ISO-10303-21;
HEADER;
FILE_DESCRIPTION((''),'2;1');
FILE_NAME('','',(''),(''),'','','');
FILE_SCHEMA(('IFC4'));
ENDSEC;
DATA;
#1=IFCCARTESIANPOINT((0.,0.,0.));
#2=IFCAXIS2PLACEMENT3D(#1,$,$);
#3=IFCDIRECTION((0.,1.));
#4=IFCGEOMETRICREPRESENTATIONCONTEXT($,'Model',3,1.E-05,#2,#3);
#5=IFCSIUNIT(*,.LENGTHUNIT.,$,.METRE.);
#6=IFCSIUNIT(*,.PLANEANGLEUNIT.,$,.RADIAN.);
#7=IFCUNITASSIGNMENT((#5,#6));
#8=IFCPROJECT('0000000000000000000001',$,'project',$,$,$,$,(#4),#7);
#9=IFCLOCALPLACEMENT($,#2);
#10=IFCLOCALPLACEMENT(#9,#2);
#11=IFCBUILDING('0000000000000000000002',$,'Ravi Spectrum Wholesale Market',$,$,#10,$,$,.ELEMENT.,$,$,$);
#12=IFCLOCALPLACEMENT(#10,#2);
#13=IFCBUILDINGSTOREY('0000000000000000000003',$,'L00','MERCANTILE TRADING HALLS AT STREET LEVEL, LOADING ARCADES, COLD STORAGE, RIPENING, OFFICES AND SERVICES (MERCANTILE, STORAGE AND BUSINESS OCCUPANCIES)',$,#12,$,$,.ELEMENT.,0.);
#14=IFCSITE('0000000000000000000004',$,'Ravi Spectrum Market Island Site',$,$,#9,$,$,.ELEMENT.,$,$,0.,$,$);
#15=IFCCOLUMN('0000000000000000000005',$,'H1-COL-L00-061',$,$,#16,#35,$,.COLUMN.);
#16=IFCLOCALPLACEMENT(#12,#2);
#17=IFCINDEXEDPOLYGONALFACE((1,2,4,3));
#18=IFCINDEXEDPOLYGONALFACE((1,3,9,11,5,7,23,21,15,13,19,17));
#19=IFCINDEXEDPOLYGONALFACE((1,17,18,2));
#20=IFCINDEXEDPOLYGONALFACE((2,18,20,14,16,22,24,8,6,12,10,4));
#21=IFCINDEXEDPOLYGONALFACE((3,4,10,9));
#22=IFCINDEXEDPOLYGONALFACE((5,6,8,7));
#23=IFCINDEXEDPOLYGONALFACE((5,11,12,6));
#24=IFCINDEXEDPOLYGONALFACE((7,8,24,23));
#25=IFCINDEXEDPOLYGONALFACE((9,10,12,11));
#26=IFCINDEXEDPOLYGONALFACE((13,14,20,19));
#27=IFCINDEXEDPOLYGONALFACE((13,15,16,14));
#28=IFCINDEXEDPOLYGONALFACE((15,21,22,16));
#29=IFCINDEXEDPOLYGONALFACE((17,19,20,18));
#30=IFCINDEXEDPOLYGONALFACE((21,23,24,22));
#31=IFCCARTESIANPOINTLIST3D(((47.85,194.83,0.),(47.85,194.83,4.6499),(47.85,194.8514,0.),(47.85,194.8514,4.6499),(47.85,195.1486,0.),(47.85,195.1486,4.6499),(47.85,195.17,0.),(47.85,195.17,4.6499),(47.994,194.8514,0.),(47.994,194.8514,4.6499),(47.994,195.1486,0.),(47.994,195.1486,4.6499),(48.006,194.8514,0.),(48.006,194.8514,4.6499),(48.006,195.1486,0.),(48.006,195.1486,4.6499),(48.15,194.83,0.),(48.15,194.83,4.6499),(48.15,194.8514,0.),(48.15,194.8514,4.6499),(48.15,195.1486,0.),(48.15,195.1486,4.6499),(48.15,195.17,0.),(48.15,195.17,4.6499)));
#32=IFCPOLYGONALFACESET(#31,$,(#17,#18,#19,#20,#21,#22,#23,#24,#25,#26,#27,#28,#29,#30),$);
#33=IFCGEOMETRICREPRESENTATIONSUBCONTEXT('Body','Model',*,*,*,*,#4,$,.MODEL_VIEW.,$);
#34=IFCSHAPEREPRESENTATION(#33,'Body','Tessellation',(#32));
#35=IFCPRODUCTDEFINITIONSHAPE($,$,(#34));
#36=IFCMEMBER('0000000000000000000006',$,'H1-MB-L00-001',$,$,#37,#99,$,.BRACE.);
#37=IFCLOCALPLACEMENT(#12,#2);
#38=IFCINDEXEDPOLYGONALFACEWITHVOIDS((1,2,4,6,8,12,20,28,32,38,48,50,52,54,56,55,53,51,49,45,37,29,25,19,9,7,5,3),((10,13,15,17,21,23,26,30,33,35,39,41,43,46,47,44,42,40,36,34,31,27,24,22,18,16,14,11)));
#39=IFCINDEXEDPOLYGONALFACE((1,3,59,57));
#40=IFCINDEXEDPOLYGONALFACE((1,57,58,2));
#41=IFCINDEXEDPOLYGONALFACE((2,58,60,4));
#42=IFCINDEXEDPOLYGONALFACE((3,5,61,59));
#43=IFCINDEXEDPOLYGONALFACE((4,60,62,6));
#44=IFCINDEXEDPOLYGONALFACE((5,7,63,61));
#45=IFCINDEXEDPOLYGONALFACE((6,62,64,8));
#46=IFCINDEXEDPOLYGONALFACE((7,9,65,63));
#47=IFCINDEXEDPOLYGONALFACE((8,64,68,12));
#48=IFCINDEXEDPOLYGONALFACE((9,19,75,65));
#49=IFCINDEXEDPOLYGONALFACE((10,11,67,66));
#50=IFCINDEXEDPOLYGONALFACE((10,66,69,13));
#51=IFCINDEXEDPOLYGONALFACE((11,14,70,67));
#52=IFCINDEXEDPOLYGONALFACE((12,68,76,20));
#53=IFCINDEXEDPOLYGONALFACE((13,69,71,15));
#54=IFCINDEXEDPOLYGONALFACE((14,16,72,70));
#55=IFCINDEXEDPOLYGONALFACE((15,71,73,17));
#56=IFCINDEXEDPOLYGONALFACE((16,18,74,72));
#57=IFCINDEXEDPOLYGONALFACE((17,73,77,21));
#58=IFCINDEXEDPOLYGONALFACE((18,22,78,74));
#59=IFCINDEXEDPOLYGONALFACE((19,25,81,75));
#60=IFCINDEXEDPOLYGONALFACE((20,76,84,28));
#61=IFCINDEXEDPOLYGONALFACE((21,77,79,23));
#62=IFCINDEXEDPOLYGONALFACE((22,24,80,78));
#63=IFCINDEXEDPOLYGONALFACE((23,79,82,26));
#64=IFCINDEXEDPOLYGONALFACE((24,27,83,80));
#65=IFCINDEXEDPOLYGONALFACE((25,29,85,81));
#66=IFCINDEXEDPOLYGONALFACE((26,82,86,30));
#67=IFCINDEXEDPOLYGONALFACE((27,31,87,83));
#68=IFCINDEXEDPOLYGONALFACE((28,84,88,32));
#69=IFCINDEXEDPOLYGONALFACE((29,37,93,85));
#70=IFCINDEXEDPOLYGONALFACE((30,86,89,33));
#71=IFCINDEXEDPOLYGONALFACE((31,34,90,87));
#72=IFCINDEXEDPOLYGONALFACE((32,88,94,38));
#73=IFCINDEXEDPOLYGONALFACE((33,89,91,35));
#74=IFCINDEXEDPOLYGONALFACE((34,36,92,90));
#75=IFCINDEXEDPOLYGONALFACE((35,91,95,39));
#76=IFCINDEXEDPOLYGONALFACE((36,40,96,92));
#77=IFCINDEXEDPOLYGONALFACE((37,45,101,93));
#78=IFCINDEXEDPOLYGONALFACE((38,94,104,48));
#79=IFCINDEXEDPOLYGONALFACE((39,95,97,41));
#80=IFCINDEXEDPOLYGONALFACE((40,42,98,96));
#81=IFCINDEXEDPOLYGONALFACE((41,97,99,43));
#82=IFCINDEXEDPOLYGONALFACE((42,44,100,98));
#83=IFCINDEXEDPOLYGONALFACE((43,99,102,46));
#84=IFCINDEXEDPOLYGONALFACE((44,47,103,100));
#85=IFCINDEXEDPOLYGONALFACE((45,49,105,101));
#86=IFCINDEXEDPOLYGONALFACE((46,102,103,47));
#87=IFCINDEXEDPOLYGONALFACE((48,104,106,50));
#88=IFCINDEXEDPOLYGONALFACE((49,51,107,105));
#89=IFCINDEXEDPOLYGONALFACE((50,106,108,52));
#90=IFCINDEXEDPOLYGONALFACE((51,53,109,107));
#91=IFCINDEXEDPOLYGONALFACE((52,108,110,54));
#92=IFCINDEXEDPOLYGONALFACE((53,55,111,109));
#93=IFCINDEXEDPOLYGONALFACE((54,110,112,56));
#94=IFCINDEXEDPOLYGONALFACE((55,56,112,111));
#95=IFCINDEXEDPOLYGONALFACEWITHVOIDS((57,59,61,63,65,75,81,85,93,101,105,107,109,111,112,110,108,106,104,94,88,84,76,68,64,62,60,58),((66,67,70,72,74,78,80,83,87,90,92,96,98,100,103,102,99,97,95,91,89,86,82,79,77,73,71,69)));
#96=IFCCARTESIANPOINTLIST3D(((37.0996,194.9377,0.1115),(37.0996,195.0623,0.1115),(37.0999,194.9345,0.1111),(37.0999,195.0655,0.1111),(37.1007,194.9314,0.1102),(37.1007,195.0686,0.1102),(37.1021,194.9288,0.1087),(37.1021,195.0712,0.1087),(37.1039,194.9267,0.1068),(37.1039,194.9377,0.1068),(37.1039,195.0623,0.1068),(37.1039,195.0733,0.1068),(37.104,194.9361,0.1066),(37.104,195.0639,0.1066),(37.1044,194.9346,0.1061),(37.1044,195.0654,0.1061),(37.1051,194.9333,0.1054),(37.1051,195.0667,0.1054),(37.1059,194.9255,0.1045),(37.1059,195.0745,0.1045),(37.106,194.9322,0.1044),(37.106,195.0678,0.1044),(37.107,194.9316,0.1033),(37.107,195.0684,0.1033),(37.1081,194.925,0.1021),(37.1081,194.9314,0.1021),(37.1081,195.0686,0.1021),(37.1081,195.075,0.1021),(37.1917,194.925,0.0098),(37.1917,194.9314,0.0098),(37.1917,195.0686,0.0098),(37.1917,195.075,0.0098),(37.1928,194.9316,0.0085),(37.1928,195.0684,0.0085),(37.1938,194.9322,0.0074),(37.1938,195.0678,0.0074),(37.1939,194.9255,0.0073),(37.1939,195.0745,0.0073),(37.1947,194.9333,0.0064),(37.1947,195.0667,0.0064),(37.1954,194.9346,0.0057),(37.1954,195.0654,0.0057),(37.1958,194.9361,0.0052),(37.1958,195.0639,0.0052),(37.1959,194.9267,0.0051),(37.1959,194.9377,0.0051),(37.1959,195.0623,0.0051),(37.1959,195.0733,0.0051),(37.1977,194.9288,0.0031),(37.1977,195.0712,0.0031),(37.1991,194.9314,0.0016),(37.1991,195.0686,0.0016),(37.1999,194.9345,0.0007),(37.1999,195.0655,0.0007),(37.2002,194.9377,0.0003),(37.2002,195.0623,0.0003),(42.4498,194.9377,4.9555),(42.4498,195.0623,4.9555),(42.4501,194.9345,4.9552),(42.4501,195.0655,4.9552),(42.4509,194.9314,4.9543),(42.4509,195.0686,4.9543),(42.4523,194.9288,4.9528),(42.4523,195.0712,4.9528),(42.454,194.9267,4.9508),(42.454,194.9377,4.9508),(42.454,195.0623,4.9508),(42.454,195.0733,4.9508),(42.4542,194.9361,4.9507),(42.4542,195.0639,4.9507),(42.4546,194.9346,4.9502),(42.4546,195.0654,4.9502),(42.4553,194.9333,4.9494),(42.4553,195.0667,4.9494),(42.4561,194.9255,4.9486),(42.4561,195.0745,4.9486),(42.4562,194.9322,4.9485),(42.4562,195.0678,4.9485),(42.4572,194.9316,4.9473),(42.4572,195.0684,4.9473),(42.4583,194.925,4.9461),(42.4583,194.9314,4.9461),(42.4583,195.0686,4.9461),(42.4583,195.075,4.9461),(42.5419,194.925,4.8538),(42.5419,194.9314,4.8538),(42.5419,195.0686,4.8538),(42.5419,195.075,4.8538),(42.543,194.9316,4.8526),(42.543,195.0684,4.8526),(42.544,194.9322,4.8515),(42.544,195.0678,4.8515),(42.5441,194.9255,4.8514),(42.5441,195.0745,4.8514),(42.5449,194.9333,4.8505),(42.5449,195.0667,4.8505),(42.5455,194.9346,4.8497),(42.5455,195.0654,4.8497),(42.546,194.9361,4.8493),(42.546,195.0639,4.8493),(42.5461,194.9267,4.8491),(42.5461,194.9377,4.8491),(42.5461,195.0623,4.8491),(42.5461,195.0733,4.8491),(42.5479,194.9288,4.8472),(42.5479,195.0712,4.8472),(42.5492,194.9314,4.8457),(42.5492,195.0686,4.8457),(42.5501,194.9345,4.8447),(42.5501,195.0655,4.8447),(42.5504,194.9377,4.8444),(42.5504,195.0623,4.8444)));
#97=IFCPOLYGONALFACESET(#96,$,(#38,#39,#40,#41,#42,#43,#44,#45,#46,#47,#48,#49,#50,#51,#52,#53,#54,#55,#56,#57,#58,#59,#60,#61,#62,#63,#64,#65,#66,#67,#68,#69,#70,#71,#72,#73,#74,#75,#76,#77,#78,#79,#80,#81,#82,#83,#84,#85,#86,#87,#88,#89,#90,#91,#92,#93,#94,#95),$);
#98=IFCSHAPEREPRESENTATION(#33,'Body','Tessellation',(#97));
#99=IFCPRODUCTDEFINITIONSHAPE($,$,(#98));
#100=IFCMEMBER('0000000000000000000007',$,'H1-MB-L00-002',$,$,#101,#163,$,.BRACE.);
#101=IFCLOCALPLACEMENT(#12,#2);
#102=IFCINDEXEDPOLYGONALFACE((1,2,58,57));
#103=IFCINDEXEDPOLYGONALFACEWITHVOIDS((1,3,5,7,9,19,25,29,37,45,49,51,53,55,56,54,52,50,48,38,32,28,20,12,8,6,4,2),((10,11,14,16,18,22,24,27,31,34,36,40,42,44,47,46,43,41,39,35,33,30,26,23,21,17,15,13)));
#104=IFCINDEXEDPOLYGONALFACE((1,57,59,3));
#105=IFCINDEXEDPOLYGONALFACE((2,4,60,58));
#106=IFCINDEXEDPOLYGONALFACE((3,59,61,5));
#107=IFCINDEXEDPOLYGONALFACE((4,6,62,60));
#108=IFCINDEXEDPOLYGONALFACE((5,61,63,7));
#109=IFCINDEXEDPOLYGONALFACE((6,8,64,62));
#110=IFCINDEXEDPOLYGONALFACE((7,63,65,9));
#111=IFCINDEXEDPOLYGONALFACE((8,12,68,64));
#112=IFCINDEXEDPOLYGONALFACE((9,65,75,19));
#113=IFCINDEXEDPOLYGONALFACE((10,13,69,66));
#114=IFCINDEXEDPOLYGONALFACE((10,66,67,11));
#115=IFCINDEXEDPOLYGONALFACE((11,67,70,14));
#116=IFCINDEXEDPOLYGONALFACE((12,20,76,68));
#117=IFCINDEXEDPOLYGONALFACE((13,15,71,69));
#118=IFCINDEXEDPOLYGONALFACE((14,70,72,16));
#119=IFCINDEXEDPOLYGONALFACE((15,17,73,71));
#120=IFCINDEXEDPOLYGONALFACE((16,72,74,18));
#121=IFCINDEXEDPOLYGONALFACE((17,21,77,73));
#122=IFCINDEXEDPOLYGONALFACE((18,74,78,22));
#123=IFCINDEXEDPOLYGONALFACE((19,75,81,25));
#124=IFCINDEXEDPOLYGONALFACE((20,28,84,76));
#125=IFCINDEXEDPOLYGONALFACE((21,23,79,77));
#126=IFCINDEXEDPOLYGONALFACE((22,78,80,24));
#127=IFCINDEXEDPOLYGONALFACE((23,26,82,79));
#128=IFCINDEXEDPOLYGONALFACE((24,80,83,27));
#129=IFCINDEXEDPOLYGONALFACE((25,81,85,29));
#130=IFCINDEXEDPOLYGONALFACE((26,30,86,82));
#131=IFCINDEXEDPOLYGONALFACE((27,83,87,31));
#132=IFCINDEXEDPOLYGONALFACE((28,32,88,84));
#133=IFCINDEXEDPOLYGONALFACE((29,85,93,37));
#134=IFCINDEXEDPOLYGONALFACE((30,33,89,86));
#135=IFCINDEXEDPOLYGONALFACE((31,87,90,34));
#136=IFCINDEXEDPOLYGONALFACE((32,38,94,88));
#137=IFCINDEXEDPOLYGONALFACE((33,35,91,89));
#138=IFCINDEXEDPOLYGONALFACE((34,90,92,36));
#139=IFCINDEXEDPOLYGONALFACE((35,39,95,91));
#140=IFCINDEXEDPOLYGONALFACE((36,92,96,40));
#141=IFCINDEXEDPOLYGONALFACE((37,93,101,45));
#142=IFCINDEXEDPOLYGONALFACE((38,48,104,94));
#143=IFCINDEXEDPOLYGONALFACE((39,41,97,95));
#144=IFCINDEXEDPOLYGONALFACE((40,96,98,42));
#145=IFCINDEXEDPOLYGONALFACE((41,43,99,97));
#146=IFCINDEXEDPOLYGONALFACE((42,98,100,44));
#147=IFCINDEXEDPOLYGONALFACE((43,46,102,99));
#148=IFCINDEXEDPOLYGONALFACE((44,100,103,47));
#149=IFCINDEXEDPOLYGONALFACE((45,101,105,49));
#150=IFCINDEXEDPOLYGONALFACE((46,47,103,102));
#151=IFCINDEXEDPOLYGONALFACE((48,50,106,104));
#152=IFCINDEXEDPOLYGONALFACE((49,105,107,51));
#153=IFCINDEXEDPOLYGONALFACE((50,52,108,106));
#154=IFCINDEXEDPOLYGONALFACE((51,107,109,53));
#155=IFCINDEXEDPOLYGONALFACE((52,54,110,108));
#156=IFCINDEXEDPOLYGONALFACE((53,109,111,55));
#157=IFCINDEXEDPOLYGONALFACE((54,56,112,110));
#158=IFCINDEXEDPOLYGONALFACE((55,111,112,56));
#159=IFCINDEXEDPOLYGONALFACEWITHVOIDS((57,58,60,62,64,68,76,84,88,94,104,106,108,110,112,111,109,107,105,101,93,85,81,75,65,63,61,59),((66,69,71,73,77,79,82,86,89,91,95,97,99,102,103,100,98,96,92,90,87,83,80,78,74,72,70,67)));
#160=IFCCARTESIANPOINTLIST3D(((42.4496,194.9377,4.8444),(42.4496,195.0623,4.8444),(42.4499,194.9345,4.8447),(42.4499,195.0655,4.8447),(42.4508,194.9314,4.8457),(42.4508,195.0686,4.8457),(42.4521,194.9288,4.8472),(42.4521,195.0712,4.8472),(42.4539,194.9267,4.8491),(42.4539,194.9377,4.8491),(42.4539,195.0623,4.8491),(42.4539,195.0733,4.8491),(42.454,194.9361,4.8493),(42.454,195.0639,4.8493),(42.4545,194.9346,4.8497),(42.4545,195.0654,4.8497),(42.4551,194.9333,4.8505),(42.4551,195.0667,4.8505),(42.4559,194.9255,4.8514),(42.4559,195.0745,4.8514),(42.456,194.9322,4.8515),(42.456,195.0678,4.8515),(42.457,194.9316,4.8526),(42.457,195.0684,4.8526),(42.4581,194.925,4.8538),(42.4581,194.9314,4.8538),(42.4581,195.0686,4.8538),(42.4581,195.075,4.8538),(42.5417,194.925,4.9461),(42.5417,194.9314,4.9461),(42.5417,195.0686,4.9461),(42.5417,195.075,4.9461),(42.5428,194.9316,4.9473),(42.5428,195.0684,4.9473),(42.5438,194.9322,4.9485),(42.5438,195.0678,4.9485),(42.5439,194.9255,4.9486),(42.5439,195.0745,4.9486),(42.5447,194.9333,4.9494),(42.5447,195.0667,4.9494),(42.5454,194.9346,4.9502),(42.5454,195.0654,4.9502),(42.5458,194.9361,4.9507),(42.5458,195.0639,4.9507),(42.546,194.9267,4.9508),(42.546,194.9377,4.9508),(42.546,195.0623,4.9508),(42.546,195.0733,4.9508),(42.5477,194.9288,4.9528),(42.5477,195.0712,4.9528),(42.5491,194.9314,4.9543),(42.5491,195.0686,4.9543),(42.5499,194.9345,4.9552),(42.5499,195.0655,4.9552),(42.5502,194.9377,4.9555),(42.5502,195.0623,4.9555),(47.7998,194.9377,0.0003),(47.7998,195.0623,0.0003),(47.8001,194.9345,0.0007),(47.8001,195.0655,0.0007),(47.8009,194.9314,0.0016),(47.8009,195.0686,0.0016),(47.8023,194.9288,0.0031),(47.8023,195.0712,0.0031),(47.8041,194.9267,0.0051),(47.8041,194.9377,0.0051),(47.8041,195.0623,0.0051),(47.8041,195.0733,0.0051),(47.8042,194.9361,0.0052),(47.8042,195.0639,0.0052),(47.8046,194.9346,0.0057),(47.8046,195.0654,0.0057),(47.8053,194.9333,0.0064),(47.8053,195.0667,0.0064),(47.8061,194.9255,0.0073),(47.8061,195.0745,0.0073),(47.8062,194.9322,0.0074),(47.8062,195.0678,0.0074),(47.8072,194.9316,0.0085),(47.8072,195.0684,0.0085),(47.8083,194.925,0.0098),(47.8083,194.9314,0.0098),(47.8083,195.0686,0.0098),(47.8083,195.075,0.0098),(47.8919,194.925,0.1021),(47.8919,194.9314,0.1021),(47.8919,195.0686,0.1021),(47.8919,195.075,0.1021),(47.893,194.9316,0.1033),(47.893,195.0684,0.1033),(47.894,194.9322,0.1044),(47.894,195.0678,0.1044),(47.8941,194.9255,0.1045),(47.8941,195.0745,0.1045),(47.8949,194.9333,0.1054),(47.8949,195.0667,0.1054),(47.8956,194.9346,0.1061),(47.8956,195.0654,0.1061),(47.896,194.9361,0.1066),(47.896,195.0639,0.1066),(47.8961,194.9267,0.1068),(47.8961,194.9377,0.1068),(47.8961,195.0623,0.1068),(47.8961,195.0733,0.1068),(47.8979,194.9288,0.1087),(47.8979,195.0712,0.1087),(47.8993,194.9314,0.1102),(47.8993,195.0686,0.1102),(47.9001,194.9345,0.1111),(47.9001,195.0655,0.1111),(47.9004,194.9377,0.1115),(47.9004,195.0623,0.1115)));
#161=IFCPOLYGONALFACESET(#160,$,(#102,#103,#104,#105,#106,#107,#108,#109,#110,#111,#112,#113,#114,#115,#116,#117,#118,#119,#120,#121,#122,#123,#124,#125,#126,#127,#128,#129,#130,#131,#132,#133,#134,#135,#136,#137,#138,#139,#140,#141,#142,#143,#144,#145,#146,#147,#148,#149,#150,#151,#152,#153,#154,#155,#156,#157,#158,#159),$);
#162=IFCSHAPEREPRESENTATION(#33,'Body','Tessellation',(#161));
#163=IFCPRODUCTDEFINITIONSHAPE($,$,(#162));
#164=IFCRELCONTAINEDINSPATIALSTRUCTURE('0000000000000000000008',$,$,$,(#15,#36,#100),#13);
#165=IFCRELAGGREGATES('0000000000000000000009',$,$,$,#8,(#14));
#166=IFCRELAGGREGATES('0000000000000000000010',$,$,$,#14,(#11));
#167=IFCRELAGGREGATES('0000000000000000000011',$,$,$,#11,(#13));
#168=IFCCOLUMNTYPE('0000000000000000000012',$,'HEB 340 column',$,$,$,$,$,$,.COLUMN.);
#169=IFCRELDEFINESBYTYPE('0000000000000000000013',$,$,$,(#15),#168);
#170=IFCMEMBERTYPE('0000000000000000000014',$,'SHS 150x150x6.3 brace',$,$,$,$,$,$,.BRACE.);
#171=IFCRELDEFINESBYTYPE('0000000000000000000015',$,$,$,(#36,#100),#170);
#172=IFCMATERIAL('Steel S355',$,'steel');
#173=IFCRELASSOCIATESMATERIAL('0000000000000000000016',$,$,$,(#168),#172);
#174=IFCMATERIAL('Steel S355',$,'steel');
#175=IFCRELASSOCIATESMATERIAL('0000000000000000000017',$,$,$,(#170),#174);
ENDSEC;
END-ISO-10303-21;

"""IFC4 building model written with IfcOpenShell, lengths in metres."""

from ifc_helpers import new_model, si_unit, direction, frame, origin, origin_2d, place, context, subcontext, project, spatial, hollow_rectangle, i_section, extrude, material, material_profile, profile_set, type_object, element, save


model = new_model("IFC4")

# Units and contexts
model_context = context("Model", 3, precision=1e-05, world=origin(), true_north=direction((0.0, 1.0)))
body_context = subcontext(model_context, "Body", "Model", "MODEL_VIEW")
ifc_project = project(units=[si_unit("LENGTHUNIT", "METRE"), si_unit("PLANEANGLEUNIT", "RADIAN")], contexts=[model_context])

# Site, building, storey
site_placement = place(None, origin())
site = spatial("IfcSite", under=ifc_project, at=site_placement, Name="Ravi Spectrum Market Island Site", CompositionType="ELEMENT", RefElevation=0.0)
building_placement = place(site_placement, origin())
building = spatial("IfcBuilding", under=site, at=building_placement, Name="Ravi Spectrum Wholesale Market", CompositionType="ELEMENT")
storey_placement = place(building_placement, origin())
storey = spatial("IfcBuildingStorey", under=building, at=storey_placement, Name="L00", Description="MERCANTILE TRADING HALLS AT STREET LEVEL, LOADING ARCADES, COLD STORAGE, RIPENING, OFFICES AND SERVICES (MERCANTILE, STORAGE AND BUSINESS OCCUPANCIES)", CompositionType="ELEMENT", Elevation=0.0)

# Column
ifc_material_1 = material(Name="Steel S355", Category="steel")
ifc_material_profile_1 = material_profile(ifc_material_1, i_section(OverallWidth=0.3, OverallDepth=0.3401, WebThickness=0.012, FlangeThickness=0.0215, at=origin_2d()))
ifc_profile_set_1 = profile_set([ifc_material_profile_1], Name="Steel S355")
column_type_1 = type_object("IfcColumnType", Name="HEB 340 column", PredefinedType="COLUMN", material=ifc_profile_set_1)
for number, where, z_axis, x_axis, name in (
    (1, (48.0, 195.0, 0.0), (0.0, 0.0, 1.0), (1.0, 0.0, 0.0), "H1-COL-L00-061"),
):
    element("IfcColumn", number, at=place(storey_placement, frame(where, z_axis=z_axis, x_axis=x_axis)), inside=storey, type_object=column_type_1, Name=name, PredefinedType="COLUMN", context=body_context, shape_type="SweptSolid", body=[
        extrude(i_section(OverallWidth=0.3, OverallDepth=0.3401, WebThickness=0.012, FlangeThickness=0.0215, at=origin_2d()), origin(), (0.0, 0.0, 1.0), 4.6499),
    ])

# Members
ifc_material_2 = material(Name="Steel S355", Category="steel")
ifc_material_profile_2 = material_profile(ifc_material_2, hollow_rectangle(XDim=0.1499, YDim=0.1499, WallThickness=0.0063, InnerFilletRadius=0.0063, OuterFilletRadius=0.0127, at=origin_2d()))
ifc_profile_set_2 = profile_set([ifc_material_profile_2], Name="Steel S355")
member_type = type_object("IfcMemberType", Name="SHS 150x150x6.3 brace", PredefinedType="BRACE", material=ifc_profile_set_2)
for number, where, z_axis, x_axis, name in (
    (2, (37.1499, 195.0, 0.0559), (0.741299, 0.0, 0.671175), (0.0, 1.0, 0.0), "H1-MB-L00-001"),
    (3, (47.8501, 195.0, 0.0559), (-0.741299, 0.0, 0.671175), (0.0, -1.0, 0.0), "H1-MB-L00-002"),
):
    element("IfcMember", number, at=place(storey_placement, frame(where, z_axis=z_axis, x_axis=x_axis)), inside=storey, type_object=member_type, Name=name, PredefinedType="BRACE", context=body_context, shape_type="SweptSolid", body=[
        extrude(hollow_rectangle(XDim=0.1499, YDim=0.1499, WallThickness=0.0063, InnerFilletRadius=0.0063, OuterFilletRadius=0.0127, at=origin_2d()), origin(), (0.0, 0.0, 1.0), 7.2173),
    ])

save(model, "model.ifc")
